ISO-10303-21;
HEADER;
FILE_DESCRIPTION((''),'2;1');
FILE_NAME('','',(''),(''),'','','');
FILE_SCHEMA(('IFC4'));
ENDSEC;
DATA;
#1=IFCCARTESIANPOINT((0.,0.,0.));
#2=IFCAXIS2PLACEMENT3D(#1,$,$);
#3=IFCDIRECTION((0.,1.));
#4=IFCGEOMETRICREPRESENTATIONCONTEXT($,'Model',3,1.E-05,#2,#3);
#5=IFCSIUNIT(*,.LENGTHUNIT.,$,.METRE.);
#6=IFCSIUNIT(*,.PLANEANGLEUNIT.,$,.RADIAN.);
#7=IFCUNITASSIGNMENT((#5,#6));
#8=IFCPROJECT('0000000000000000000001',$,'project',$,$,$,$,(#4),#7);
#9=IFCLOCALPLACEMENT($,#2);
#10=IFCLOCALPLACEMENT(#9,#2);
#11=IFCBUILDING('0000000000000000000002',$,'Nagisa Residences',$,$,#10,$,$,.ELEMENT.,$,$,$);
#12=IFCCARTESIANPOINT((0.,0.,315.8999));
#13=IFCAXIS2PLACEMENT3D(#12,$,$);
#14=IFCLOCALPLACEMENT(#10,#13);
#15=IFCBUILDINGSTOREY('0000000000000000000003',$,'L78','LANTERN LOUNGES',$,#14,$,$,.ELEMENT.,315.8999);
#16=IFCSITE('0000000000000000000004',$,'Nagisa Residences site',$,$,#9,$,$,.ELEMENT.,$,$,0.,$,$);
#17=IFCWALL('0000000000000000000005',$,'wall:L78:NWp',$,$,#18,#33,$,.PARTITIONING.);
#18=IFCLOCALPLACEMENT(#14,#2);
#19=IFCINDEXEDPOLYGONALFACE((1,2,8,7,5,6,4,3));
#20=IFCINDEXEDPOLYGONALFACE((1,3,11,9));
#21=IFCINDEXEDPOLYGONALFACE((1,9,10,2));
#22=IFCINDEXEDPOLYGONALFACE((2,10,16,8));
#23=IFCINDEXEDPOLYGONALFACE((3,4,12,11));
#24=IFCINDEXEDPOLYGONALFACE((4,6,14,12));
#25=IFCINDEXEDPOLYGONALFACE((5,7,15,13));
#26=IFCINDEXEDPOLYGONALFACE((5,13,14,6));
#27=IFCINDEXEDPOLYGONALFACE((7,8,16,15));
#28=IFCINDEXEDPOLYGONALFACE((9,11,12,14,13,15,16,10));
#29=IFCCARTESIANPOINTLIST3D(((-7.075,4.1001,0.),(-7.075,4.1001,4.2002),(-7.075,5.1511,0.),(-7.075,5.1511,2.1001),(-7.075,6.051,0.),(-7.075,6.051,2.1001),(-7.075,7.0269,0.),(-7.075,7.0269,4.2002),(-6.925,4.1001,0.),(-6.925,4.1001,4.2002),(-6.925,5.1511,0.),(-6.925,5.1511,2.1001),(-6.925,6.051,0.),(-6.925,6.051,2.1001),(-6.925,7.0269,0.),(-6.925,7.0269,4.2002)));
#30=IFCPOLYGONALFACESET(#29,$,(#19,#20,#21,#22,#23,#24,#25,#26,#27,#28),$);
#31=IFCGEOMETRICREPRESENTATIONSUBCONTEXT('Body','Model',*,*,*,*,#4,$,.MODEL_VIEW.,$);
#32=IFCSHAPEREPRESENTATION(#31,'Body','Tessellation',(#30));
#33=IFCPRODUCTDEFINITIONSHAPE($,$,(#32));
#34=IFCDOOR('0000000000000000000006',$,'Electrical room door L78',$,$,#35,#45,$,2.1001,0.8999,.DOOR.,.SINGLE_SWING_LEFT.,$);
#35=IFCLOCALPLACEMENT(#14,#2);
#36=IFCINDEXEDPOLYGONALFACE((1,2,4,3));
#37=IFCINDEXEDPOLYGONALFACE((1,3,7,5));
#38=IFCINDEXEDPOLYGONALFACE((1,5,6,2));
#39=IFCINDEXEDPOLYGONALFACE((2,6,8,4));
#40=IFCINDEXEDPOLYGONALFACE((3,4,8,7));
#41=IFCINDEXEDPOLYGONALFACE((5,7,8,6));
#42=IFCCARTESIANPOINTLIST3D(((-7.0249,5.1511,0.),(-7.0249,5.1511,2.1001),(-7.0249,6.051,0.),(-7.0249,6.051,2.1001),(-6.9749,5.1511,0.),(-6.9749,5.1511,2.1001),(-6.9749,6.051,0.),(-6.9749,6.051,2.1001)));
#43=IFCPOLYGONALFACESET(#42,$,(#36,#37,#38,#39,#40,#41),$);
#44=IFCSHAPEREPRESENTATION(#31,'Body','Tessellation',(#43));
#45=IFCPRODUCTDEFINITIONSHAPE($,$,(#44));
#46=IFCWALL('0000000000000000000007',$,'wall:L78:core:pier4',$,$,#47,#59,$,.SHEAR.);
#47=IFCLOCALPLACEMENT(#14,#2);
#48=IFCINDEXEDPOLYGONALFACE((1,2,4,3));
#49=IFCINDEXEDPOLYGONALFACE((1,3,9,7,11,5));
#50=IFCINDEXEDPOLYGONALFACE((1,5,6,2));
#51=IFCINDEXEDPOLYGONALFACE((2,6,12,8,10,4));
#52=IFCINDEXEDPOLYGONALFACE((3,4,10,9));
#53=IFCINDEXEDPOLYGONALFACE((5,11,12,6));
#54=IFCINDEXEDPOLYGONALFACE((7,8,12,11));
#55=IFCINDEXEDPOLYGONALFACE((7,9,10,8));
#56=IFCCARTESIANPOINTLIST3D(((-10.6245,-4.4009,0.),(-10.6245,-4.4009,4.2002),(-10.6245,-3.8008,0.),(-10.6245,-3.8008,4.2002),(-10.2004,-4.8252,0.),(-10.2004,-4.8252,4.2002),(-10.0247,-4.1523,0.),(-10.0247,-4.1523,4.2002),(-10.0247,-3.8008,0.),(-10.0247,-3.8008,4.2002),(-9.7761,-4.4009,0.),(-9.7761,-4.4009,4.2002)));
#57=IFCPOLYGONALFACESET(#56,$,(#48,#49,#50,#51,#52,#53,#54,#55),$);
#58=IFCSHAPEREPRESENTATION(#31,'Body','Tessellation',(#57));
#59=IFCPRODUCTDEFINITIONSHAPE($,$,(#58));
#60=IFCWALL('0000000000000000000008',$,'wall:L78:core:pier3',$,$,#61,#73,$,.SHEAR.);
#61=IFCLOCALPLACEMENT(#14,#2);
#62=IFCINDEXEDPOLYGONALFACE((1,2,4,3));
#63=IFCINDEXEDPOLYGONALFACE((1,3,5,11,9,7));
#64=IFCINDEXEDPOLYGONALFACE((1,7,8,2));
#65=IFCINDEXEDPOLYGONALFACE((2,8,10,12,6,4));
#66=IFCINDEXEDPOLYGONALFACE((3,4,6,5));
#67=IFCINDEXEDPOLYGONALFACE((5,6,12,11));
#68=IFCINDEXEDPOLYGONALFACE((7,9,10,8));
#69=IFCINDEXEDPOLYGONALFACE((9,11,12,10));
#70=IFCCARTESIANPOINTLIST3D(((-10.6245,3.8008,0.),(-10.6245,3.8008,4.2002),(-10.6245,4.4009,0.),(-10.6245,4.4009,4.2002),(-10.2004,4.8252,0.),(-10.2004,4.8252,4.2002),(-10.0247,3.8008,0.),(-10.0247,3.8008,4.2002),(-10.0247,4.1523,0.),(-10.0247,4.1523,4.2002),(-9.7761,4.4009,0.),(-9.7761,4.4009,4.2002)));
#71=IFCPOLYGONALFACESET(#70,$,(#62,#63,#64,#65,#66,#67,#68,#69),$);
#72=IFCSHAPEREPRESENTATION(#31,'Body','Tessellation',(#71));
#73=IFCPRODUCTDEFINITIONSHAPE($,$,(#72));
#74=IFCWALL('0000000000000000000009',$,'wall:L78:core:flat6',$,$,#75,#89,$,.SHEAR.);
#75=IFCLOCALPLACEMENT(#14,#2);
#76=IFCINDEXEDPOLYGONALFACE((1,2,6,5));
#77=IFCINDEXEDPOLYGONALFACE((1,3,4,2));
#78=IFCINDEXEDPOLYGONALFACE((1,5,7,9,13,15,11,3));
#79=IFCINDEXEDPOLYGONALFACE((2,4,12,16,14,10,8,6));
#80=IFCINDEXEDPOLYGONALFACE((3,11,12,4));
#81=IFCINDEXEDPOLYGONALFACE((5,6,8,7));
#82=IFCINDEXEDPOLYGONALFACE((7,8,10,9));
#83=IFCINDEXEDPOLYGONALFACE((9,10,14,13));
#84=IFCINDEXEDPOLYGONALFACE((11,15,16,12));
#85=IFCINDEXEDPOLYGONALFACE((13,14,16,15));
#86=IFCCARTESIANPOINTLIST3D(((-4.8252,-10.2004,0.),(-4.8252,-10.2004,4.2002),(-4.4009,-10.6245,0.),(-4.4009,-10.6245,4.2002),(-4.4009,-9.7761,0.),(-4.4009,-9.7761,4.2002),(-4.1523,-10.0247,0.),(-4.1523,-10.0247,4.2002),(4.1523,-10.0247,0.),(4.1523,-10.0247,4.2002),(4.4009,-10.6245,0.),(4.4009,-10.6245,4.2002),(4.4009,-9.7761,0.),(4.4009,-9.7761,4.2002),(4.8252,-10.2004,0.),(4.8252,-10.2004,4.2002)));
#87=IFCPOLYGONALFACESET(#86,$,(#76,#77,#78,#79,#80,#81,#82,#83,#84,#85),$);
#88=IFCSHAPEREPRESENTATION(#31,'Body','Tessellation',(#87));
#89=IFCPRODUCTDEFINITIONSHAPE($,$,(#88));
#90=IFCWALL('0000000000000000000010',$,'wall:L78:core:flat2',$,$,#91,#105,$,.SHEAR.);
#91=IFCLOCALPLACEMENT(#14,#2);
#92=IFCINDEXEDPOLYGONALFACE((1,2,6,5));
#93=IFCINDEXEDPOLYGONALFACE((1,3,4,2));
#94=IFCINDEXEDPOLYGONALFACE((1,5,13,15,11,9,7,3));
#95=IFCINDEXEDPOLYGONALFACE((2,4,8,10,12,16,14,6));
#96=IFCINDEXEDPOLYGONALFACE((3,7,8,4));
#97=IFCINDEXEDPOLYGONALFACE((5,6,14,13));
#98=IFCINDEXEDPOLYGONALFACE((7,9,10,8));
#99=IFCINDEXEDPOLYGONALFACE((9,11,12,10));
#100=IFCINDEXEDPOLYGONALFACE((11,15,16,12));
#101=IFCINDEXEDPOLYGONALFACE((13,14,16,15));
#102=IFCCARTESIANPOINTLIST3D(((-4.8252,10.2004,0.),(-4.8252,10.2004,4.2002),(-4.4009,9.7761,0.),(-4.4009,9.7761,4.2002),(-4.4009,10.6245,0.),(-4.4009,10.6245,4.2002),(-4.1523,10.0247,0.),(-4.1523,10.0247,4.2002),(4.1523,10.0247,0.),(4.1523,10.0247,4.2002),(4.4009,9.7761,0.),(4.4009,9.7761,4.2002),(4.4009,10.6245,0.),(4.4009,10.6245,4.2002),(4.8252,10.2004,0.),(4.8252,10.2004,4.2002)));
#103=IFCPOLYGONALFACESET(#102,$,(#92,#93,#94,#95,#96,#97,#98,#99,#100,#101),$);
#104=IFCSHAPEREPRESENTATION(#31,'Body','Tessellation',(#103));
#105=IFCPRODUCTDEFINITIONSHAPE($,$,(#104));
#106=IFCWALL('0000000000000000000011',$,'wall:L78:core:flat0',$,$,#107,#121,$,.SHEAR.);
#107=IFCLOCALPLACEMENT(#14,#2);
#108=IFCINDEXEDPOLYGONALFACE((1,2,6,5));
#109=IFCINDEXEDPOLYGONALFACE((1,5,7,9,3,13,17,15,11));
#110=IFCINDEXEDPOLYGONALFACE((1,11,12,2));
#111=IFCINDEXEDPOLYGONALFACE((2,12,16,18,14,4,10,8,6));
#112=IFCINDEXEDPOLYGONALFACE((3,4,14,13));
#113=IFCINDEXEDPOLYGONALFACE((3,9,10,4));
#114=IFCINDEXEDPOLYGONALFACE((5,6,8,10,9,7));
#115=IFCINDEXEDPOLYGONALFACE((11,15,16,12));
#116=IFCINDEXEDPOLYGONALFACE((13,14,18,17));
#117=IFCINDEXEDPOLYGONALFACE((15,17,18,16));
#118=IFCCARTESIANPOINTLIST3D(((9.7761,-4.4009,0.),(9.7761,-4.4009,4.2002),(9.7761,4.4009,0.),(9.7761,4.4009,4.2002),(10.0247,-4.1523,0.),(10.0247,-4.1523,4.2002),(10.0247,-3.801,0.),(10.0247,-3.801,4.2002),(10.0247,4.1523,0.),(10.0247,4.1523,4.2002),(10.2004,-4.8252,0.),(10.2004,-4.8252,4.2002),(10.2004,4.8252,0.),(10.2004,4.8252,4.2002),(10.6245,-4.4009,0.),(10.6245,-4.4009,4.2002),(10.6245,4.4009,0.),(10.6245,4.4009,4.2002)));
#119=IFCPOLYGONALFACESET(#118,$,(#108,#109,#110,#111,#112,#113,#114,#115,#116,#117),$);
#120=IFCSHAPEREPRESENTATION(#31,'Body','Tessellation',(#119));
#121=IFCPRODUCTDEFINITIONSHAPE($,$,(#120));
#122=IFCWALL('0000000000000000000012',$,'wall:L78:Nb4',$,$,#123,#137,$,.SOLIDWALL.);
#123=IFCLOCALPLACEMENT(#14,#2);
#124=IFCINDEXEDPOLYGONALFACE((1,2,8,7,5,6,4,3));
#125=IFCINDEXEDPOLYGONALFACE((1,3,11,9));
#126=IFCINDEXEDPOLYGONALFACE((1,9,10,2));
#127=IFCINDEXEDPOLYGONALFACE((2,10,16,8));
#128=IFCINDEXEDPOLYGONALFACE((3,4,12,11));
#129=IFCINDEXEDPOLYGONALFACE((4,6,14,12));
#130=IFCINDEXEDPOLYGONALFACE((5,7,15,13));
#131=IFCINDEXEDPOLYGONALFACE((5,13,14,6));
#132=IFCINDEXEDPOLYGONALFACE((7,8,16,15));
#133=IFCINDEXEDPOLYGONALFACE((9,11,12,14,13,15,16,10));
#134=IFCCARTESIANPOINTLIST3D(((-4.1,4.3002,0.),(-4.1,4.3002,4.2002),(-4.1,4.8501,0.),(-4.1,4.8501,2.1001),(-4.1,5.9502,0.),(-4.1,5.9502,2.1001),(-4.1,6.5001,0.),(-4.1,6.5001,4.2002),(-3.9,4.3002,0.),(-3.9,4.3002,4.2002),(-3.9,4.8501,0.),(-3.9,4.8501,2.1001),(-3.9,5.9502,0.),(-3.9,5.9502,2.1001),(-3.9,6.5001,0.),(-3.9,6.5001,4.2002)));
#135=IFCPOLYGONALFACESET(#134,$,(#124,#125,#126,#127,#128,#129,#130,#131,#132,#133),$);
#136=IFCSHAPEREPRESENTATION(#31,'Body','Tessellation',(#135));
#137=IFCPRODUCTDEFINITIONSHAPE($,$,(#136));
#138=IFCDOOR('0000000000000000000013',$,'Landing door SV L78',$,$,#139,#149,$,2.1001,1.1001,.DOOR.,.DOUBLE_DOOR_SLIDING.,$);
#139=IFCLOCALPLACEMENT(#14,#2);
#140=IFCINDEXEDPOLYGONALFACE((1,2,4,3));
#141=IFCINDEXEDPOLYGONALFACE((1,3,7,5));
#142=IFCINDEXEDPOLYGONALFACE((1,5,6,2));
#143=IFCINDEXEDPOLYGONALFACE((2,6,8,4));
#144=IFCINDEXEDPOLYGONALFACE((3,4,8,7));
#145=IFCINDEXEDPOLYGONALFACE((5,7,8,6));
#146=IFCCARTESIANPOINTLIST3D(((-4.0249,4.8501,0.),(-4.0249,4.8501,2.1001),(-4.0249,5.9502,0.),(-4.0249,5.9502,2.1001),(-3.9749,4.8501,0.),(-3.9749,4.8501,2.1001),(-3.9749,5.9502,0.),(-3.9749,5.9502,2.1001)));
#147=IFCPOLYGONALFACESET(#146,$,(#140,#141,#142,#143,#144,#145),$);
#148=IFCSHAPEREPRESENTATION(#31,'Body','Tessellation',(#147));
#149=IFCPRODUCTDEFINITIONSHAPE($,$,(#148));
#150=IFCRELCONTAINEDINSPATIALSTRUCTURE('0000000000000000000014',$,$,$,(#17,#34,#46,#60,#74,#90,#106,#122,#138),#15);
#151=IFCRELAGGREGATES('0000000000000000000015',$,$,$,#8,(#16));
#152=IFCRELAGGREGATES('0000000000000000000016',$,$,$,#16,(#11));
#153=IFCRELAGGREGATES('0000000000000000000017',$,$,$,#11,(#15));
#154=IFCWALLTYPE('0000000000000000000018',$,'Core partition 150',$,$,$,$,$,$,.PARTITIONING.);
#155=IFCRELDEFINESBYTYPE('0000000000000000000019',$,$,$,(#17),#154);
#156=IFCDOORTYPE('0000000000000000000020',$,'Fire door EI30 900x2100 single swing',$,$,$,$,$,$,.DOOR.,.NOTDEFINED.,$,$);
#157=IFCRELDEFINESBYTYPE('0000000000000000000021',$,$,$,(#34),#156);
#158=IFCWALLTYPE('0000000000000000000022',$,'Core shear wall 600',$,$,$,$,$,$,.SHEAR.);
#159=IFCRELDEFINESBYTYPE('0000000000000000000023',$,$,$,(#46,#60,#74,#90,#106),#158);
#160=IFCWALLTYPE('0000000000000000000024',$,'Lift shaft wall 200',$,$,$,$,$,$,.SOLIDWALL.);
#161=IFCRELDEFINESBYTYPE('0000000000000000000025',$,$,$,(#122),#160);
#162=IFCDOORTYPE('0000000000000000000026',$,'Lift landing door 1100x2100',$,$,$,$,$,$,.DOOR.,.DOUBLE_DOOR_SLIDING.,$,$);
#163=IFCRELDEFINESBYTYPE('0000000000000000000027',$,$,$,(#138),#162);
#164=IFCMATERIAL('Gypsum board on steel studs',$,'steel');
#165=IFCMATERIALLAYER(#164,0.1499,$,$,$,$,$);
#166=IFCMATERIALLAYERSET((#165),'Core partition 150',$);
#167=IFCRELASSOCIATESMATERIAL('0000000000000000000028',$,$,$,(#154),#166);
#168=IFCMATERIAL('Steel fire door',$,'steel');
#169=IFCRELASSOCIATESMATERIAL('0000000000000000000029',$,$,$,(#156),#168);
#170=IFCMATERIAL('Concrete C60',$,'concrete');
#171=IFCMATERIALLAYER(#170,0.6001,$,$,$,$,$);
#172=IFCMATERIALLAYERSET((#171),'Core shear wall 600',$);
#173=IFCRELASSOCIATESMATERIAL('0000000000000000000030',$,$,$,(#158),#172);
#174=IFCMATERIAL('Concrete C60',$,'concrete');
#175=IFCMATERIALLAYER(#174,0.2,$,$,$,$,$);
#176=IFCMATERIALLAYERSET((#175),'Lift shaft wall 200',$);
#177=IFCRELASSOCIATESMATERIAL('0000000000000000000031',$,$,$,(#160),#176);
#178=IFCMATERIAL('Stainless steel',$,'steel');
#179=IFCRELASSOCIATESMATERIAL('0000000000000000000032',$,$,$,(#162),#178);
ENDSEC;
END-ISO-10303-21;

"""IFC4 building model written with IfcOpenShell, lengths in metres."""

from ifc_helpers import new_model, si_unit, direction, frame, frame_2d, origin, place, context, subcontext, project, spatial, polyline, rectangle, outline, extrude, material, layer, layer_set, type_object, element, fill, save


model = new_model("IFC4")

# Units and contexts
model_context = context("Model", 3, precision=1e-05, world=origin(), true_north=direction((0.0, 1.0)))
body_context = subcontext(model_context, "Body", "Model", "MODEL_VIEW")
ifc_project = project(units=[si_unit("LENGTHUNIT", "METRE"), si_unit("PLANEANGLEUNIT", "RADIAN")], contexts=[model_context])

# Site, building, storey
site_placement = place(None, origin())
site = spatial("IfcSite", under=ifc_project, at=site_placement, Name="Nagisa Residences site", CompositionType="ELEMENT", RefElevation=0.0)
building_placement = place(site_placement, origin())
building = spatial("IfcBuilding", under=site, at=building_placement, Name="Nagisa Residences", CompositionType="ELEMENT")
storey_placement = place(building_placement, frame((0.0, 0.0, 315.8999)))
storey = spatial("IfcBuildingStorey", under=building, at=storey_placement, Name="L78", Description="LANTERN LOUNGES", CompositionType="ELEMENT", Elevation=315.8999)

# Wall, opening, door
ifc_material_1 = material(Name="Gypsum board on steel studs", Category="steel")
ifc_layer_1 = layer(ifc_material_1, 0.1499)
ifc_layer_set_1 = layer_set([ifc_layer_1], Name="Core partition 150")
wall_type_1 = type_object("IfcWallType", Name="Core partition 150", PredefinedType="PARTITIONING", material=ifc_layer_set_1)
wall_1_placement = place(storey_placement, frame((-7.0, 4.1001, 0.0), z_axis=(0.0, 0.0, 1.0), x_axis=(0.0, 1.0, 0.0)))
wall_1 = element("IfcWall", 1, at=wall_1_placement, inside=storey, type_object=wall_type_1, Name="wall:L78:NWp", PredefinedType="PARTITIONING", context=body_context, shape_type="SweptSolid", body=[
    extrude(rectangle(XDim=2.9268, YDim=0.1499, at=frame_2d((1.4634, 0.0))), origin(), (0.0, 0.0, 1.0), 4.2002),
])
opening_1_placement = place(wall_1_placement, frame((1.051, 0.0, 0.0)))
opening_1 = element("IfcOpeningElement", 2, at=opening_1_placement, cuts=wall_1, PredefinedType="OPENING", context=body_context, shape_type="SweptSolid", body=[
    extrude(rectangle(XDim=0.8999, YDim=2.1001, at=frame_2d((0.45, 1.05))), frame((0.0, 0.085, 0.0), z_axis=(0.0, -1.0, 0.0), x_axis=(1.0, 0.0, 0.0)), (0.0, 0.0, 1.0), 0.1699),
])
ifc_material_2 = material(Name="Steel fire door", Category="steel")
door_type_1 = type_object("IfcDoorType", Name="Fire door EI30 900x2100 single swing", OperationType="NOTDEFINED", PredefinedType="DOOR", material=ifc_material_2)
door_1_placement = place(opening_1_placement, origin())
door_1 = element("IfcDoor", 3, at=door_1_placement, inside=storey, type_object=door_type_1, Name="Electrical room door L78", OperationType="SINGLE_SWING_LEFT", OverallHeight=2.1001, OverallWidth=0.8999, PredefinedType="DOOR", context=body_context, shape_type="SweptSolid", body=[
    extrude(rectangle(XDim=0.8999, YDim=2.1001, at=frame_2d((0.45, 1.05))), frame((0.0, 0.0249, 0.0), z_axis=(0.0, -1.0, 0.0), x_axis=(1.0, 0.0, 0.0)), (0.0, 0.0, 1.0), 0.05),
])
fill(opening_1, door_1)

# Walls
ifc_material_3 = material(Name="Concrete C60", Category="concrete")
ifc_layer_2 = layer(ifc_material_3, 0.6001)
ifc_layer_set_2 = layer_set([ifc_layer_2], Name="Core shear wall 600")
wall_type_2 = type_object("IfcWallType", Name="Core shear wall 600", PredefinedType="SHEAR", material=ifc_layer_set_2)
wall_2_placement = place(storey_placement, origin())
element("IfcWall", 4, at=wall_2_placement, inside=storey, type_object=wall_type_2, Name="wall:L78:core:pier4", PredefinedType="SHEAR", context=body_context, shape_type="SweptSolid", body=[
    extrude(outline(polyline([(-10.6245, -3.8008), (-10.0247, -3.8008), (-10.0247, -4.1523), (-9.7761, -4.4009), (-10.2004, -4.8252), (-10.6245, -4.4009), (-10.6245, -3.8008)])), origin(), (0.0, 0.0, 1.0), 4.2002),
])
wall_3_placement = place(storey_placement, origin())
element("IfcWall", 5, at=wall_3_placement, inside=storey, type_object=wall_type_2, Name="wall:L78:core:pier3", PredefinedType="SHEAR", context=body_context, shape_type="SweptSolid", body=[
    extrude(outline(polyline([(-10.2004, 4.8252), (-9.7761, 4.4009), (-10.0247, 4.1523), (-10.0247, 3.8008), (-10.6245, 3.8008), (-10.6245, 4.4009), (-10.2004, 4.8252)])), origin(), (0.0, 0.0, 1.0), 4.2002),
])
wall_4_placement = place(storey_placement, origin())
element("IfcWall", 6, at=wall_4_placement, inside=storey, type_object=wall_type_2, Name="wall:L78:core:flat6", PredefinedType="SHEAR", context=body_context, shape_type="SweptSolid", body=[
    extrude(outline(polyline([(-4.1523, -10.0247), (4.1523, -10.0247), (4.4009, -9.7761), (4.8252, -10.2004), (4.4009, -10.6245), (-4.4009, -10.6245), (-4.8252, -10.2004), (-4.4009, -9.7761), (-4.1523, -10.0247)])), origin(), (0.0, 0.0, 1.0), 4.2002),
])
wall_5_placement = place(storey_placement, origin())
element("IfcWall", 7, at=wall_5_placement, inside=storey, type_object=wall_type_2, Name="wall:L78:core:flat2", PredefinedType="SHEAR", context=body_context, shape_type="SweptSolid", body=[
    extrude(outline(polyline([(-4.1523, 10.0247), (-4.4009, 9.7761), (-4.8252, 10.2004), (-4.4009, 10.6245), (4.4009, 10.6245), (4.8252, 10.2004), (4.4009, 9.7761), (4.1523, 10.0247), (-4.1523, 10.0247)])), origin(), (0.0, 0.0, 1.0), 4.2002),
])
wall_6_placement = place(storey_placement, origin())
element("IfcWall", 8, at=wall_6_placement, inside=storey, type_object=wall_type_2, Name="wall:L78:core:flat0", PredefinedType="SHEAR", context=body_context, shape_type="SweptSolid", body=[
    extrude(outline(polyline([(9.7761, -4.4009), (10.0247, -4.1523), (10.0247, -3.801), (10.0247, 4.1523), (9.7761, 4.4009), (10.2004, 4.8252), (10.6245, 4.4009), (10.6245, -4.4009), (10.2004, -4.8252), (9.7761, -4.4009)])), origin(), (0.0, 0.0, 1.0), 4.2002),
])

# Wall, opening, door
ifc_material_4 = material(Name="Concrete C60", Category="concrete")
ifc_layer_3 = layer(ifc_material_4, 0.2)
ifc_layer_set_3 = layer_set([ifc_layer_3], Name="Lift shaft wall 200")
wall_type_3 = type_object("IfcWallType", Name="Lift shaft wall 200", PredefinedType="SOLIDWALL", material=ifc_layer_set_3)
wall_7_placement = place(storey_placement, frame((-4.0, 4.3, 0.0), z_axis=(0.0, 0.0, 1.0), x_axis=(0.0, 1.0, 0.0)))
wall_7 = element("IfcWall", 9, at=wall_7_placement, inside=storey, type_object=wall_type_3, Name="wall:L78:Nb4", PredefinedType="SOLIDWALL", context=body_context, shape_type="SweptSolid", body=[
    extrude(rectangle(XDim=2.2, YDim=0.2, at=frame_2d((1.1001, 0.0))), origin(), (0.0, 0.0, 1.0), 4.2002),
])
opening_2_placement = place(wall_7_placement, frame((0.55, 0.0, 0.0)))
opening_2 = element("IfcOpeningElement", 10, at=opening_2_placement, cuts=wall_7, PredefinedType="OPENING", context=body_context, shape_type="SweptSolid", body=[
    extrude(rectangle(XDim=1.1001, YDim=2.1001, at=frame_2d((0.55, 1.05))), frame((0.0, 0.1099, 0.0), z_axis=(0.0, -1.0, 0.0), x_axis=(1.0, 0.0, 0.0)), (0.0, 0.0, 1.0), 0.22),
])
ifc_material_5 = material(Name="Stainless steel", Category="steel")
door_type_2 = type_object("IfcDoorType", Name="Lift landing door 1100x2100", OperationType="DOUBLE_DOOR_SLIDING", PredefinedType="DOOR", material=ifc_material_5)
door_2_placement = place(opening_2_placement, origin())
door_2 = element("IfcDoor", 11, at=door_2_placement, inside=storey, type_object=door_type_2, Name="Landing door SV L78", OperationType="DOUBLE_DOOR_SLIDING", OverallHeight=2.1001, OverallWidth=1.1001, PredefinedType="DOOR", context=body_context, shape_type="SweptSolid", body=[
    extrude(rectangle(XDim=1.1001, YDim=2.1001, at=frame_2d((0.55, 1.05))), frame((0.0, 0.0249, 0.0), z_axis=(0.0, -1.0, 0.0), x_axis=(1.0, 0.0, 0.0)), (0.0, 0.0, 1.0), 0.05),
])
fill(opening_2, door_2)

save(model, "model.ifc")
